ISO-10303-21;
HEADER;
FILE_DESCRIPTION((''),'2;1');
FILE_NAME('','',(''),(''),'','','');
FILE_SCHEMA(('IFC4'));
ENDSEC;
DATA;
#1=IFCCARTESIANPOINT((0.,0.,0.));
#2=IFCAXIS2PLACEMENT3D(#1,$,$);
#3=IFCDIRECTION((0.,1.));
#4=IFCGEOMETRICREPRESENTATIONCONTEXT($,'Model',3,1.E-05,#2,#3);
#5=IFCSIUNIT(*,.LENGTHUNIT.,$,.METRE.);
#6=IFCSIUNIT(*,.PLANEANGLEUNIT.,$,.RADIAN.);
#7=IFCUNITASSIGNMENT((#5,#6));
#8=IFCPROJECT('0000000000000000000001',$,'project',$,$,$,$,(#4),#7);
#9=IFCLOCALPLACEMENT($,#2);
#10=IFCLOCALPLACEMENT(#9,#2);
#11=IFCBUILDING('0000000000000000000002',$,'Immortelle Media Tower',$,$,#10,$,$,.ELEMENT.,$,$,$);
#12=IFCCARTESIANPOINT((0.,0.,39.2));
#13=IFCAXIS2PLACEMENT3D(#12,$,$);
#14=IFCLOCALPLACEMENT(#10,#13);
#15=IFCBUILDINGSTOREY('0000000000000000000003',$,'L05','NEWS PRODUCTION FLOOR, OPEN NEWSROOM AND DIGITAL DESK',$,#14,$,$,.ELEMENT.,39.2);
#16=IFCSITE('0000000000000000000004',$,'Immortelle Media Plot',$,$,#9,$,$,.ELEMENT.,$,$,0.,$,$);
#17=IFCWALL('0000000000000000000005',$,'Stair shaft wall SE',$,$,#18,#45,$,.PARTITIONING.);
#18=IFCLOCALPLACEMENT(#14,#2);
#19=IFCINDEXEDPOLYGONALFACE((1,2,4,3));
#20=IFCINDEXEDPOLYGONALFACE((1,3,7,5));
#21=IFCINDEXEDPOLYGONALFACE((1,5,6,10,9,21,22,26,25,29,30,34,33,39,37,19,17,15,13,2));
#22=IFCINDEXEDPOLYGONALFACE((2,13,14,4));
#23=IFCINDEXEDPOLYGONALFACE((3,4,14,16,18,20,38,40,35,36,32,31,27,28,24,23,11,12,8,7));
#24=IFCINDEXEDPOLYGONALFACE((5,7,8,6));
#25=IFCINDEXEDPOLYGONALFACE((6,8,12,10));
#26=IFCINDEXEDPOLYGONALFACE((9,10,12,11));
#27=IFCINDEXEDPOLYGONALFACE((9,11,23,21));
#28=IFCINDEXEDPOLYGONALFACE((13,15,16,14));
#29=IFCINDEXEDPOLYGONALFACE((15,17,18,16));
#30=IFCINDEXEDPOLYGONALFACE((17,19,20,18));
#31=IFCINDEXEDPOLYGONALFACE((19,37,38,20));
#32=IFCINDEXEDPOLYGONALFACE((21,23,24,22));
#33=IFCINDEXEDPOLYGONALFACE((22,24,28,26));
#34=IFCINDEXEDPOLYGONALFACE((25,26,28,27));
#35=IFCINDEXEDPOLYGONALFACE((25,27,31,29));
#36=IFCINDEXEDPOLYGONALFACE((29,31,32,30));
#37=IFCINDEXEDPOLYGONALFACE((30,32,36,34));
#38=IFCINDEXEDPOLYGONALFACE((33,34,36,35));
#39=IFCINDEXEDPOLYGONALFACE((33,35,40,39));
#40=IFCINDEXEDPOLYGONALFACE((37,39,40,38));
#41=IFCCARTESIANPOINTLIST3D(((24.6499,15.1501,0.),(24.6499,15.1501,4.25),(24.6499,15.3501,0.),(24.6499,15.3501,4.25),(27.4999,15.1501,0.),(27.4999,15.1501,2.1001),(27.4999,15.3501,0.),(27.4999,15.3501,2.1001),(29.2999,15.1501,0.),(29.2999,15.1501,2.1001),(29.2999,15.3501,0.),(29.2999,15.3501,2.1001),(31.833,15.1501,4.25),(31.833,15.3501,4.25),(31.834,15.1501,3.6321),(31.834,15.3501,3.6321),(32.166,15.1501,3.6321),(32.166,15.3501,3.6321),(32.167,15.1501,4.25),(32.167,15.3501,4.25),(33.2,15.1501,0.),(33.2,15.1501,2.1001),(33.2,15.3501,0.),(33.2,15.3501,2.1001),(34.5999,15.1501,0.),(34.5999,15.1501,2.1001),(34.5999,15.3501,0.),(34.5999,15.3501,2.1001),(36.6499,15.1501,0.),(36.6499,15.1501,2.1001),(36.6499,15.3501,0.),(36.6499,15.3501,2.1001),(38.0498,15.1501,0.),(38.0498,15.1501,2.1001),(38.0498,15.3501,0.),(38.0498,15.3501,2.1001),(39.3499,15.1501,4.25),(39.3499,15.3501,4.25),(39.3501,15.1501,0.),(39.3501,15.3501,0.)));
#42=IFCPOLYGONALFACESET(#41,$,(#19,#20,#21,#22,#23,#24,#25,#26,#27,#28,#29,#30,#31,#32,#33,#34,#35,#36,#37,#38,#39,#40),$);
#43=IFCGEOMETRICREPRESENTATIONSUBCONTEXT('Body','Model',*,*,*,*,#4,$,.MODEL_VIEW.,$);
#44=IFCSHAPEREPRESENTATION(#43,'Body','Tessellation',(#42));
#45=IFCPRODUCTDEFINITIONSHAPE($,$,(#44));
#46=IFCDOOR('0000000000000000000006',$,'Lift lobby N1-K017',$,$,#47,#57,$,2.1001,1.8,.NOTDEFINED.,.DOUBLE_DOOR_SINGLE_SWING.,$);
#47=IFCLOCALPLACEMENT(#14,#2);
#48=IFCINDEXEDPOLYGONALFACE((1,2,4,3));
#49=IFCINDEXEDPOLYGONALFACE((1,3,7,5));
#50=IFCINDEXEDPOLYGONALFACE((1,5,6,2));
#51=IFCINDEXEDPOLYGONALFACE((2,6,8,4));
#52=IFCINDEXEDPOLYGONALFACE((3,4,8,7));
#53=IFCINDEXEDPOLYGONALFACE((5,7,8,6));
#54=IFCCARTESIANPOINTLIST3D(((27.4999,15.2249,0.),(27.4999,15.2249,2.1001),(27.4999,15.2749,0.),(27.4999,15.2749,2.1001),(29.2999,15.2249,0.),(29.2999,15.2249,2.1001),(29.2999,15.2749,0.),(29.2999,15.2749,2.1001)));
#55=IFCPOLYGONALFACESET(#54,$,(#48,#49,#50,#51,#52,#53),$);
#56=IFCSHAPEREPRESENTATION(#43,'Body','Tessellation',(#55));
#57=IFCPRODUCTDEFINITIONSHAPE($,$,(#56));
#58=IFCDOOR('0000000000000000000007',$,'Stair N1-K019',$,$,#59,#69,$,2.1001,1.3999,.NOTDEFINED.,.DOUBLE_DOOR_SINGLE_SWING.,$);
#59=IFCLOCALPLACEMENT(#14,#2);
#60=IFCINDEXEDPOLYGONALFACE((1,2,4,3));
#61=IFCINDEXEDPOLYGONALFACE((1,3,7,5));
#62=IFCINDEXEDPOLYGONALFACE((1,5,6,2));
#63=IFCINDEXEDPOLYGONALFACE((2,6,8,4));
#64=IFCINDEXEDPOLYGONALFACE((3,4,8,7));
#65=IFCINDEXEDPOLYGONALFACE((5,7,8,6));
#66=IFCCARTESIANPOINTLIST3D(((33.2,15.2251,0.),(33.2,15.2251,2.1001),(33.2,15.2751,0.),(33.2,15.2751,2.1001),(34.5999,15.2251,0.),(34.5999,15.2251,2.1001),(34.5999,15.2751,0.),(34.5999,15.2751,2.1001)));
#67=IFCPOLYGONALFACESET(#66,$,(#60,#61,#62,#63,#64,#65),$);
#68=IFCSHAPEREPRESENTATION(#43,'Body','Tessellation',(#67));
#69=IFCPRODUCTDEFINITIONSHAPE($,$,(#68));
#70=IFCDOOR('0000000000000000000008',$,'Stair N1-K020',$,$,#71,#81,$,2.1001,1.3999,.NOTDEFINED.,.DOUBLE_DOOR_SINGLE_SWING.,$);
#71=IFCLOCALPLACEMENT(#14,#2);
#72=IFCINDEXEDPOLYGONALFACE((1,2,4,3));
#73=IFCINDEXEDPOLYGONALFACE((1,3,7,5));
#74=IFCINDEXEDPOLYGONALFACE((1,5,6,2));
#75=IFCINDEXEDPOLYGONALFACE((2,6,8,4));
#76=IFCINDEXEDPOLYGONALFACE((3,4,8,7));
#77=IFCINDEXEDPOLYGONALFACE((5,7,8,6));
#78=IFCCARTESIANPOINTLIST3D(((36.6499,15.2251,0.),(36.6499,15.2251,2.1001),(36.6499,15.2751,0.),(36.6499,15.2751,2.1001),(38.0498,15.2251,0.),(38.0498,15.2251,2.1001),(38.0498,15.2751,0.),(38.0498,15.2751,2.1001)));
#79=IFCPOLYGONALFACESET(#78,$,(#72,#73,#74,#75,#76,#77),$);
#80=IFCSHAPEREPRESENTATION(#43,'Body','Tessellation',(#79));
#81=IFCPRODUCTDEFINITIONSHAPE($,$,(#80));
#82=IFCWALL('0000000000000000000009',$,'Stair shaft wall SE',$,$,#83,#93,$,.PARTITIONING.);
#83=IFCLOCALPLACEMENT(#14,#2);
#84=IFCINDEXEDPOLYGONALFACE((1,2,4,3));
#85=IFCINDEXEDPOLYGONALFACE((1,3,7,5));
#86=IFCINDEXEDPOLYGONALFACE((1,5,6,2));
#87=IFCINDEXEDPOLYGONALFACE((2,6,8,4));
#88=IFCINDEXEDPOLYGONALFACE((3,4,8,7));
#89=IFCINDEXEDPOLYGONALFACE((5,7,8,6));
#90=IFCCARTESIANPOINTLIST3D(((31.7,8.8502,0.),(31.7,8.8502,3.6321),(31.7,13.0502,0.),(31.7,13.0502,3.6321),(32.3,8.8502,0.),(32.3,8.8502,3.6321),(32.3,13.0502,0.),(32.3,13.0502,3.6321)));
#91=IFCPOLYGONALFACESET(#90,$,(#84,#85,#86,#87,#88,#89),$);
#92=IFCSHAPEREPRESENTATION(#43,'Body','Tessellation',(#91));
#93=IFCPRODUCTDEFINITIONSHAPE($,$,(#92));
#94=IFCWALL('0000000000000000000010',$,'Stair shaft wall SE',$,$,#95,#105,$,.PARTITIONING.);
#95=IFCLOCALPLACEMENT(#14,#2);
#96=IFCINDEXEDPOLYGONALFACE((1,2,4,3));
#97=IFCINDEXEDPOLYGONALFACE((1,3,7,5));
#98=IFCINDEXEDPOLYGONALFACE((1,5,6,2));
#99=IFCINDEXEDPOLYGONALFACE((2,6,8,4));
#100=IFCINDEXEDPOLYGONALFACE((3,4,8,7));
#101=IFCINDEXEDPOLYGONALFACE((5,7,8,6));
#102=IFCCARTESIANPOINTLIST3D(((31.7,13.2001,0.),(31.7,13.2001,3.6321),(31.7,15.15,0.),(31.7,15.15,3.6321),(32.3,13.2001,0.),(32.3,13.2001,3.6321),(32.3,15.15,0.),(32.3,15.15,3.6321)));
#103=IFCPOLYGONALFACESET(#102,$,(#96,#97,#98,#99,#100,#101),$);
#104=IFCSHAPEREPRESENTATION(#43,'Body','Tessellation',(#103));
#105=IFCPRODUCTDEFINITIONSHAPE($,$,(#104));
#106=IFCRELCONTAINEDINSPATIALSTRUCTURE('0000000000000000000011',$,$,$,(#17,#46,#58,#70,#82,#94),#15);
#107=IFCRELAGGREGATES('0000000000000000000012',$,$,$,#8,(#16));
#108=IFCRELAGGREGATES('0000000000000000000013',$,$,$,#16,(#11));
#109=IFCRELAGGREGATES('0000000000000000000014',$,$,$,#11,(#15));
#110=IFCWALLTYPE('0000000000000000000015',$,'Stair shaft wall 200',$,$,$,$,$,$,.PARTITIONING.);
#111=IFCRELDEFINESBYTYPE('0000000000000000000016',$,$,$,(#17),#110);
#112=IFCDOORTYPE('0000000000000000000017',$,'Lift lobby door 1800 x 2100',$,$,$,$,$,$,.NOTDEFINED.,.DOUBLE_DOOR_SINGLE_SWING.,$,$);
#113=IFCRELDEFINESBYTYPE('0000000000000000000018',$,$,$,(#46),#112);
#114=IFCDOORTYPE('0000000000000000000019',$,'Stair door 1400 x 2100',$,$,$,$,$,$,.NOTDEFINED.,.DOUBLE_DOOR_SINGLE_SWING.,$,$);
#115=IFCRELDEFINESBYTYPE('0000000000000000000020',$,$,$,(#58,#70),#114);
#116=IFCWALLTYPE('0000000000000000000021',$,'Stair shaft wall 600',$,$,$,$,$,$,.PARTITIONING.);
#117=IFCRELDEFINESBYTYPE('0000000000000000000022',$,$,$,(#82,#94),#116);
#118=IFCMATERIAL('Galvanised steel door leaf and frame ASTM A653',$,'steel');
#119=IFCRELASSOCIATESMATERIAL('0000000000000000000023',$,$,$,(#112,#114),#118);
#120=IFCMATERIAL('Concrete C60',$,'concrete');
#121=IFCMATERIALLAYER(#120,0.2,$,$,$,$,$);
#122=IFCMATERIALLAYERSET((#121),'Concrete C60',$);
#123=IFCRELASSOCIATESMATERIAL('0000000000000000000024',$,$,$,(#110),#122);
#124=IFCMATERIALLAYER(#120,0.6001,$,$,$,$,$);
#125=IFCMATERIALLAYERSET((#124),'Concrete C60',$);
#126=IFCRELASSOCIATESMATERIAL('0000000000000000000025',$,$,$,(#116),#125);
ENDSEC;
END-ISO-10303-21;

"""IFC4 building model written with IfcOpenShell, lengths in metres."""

from ifc_helpers import new_model, si_unit, direction, frame, frame_2d, origin, place, context, subcontext, project, spatial, polyline, rectangle, outline, extrude, material, layer, layer_set, type_object, element, fill, save


model = new_model("IFC4")

# Units and contexts
model_context = context("Model", 3, precision=1e-05, world=origin(), true_north=direction((0.0, 1.0)))
body_context = subcontext(model_context, "Body", "Model", "MODEL_VIEW")
ifc_project = project(units=[si_unit("LENGTHUNIT", "METRE"), si_unit("PLANEANGLEUNIT", "RADIAN")], contexts=[model_context])

# Site, building, storey
site_placement = place(None, origin())
site = spatial("IfcSite", under=ifc_project, at=site_placement, Name="Immortelle Media Plot", CompositionType="ELEMENT", RefElevation=0.0)
building_placement = place(site_placement, origin())
building = spatial("IfcBuilding", under=site, at=building_placement, Name="Immortelle Media Tower", CompositionType="ELEMENT")
storey_placement = place(building_placement, frame((0.0, 0.0, 39.2)))
storey = spatial("IfcBuildingStorey", under=building, at=storey_placement, Name="L05", Description="NEWS PRODUCTION FLOOR, OPEN NEWSROOM AND DIGITAL DESK", CompositionType="ELEMENT", Elevation=39.2)

# Shared definitions
ifc_material_1 = material(Name="Galvanised steel door leaf and frame ASTM A653", Category="steel")

# Shared definitions
door_type_1 = type_object("IfcDoorType", Name="Lift lobby door 1800 x 2100", OperationType="DOUBLE_DOOR_SINGLE_SWING", PredefinedType="NOTDEFINED", material=ifc_material_1)

# Shared definitions
ifc_material_2 = material(Name="Concrete C60", Category="concrete")
ifc_layer_1 = layer(ifc_material_2, 0.2)
ifc_layer_set_1 = layer_set([ifc_layer_1], Name="Concrete C60")
wall_type_1 = type_object("IfcWallType", Name="Stair shaft wall 200", PredefinedType="PARTITIONING", material=ifc_layer_set_1)

# Wall, openings, doors
wall_1_placement = place(storey_placement, frame((24.6499, 15.25, 0.0), z_axis=(0.0, 0.0, 1.0), x_axis=(1.0, 0.0, 0.0)))
wall_1 = element("IfcWall", 1, at=wall_1_placement, inside=storey, type_object=wall_type_1, Name="Stair shaft wall SE", PredefinedType="PARTITIONING", context=body_context, shape_type="SweptSolid", body=[
    extrude(outline(polyline([(0.0, 0.0), (14.7002, 0.0), (14.7, 4.25), (7.5171, 4.25), (7.5161, 3.6321), (7.1841, 3.6321), (7.1831, 4.25), (0.0, 4.25), (0.0, 0.0)])), frame((0.0, 0.1001, 0.0), z_axis=(0.0, -1.0, 0.0), x_axis=(1.0, 0.0, 0.0)), (0.0, 0.0, 1.0), 0.2),
])
opening_1_placement = place(wall_1_placement, frame((2.8501, 0.0, 0.0)))
opening_1 = element("IfcOpeningElement", 2, at=opening_1_placement, cuts=wall_1, PredefinedType="OPENING", context=body_context, shape_type="SweptSolid", body=[
    extrude(rectangle(XDim=1.8, YDim=2.1001, at=frame_2d((0.8999, 1.05))), frame((0.0, 0.1099, 0.0), z_axis=(0.0, -1.0, 0.0), x_axis=(1.0, 0.0, 0.0)), (0.0, 0.0, 1.0), 0.22),
])
opening_2_placement = place(wall_1_placement, frame((9.95, 0.0, 0.0), z_axis=(0.0, 0.0, 1.0), x_axis=(-1.0, 0.0, 0.0)))
opening_2 = element("IfcOpeningElement", 3, at=opening_2_placement, cuts=wall_1, PredefinedType="OPENING", context=body_context, shape_type="SweptSolid", body=[
    extrude(rectangle(XDim=1.3999, YDim=2.1001, at=frame_2d((0.7, 1.05))), frame((0.0, 0.1099, 0.0), z_axis=(0.0, -1.0, 0.0), x_axis=(1.0, 0.0, 0.0)), (0.0, 0.0, 1.0), 0.22),
])
opening_3_placement = place(wall_1_placement, frame((13.3999, 0.0, 0.0), z_axis=(0.0, 0.0, 1.0), x_axis=(-1.0, 0.0, 0.0)))
opening_3 = element("IfcOpeningElement", 4, at=opening_3_placement, cuts=wall_1, PredefinedType="OPENING", context=body_context, shape_type="SweptSolid", body=[
    extrude(rectangle(XDim=1.3999, YDim=2.1001, at=frame_2d((0.7, 1.05))), frame((0.0, 0.1099, 0.0), z_axis=(0.0, -1.0, 0.0), x_axis=(1.0, 0.0, 0.0)), (0.0, 0.0, 1.0), 0.22),
])
door_1_placement = place(opening_1_placement, origin())
door_1 = element("IfcDoor", 5, at=door_1_placement, inside=storey, type_object=door_type_1, Name="Lift lobby N1-K017", OperationType="DOUBLE_DOOR_SINGLE_SWING", OverallHeight=2.1001, OverallWidth=1.8, PredefinedType="NOTDEFINED", context=body_context, shape_type="SweptSolid", body=[
    extrude(rectangle(XDim=1.8, YDim=2.1001, at=frame_2d((0.8999, 1.05))), frame((0.0, 0.0249, 0.0), z_axis=(0.0, -1.0, 0.0), x_axis=(1.0, 0.0, 0.0)), (0.0, 0.0, 1.0), 0.05),
])
fill(opening_1, door_1)
door_type_2 = type_object("IfcDoorType", Name="Stair door 1400 x 2100", OperationType="DOUBLE_DOOR_SINGLE_SWING", PredefinedType="NOTDEFINED", material=ifc_material_1)
door_2_placement = place(opening_2_placement, origin())
door_2 = element("IfcDoor", 6, at=door_2_placement, inside=storey, type_object=door_type_2, Name="Stair N1-K019", OperationType="DOUBLE_DOOR_SINGLE_SWING", OverallHeight=2.1001, OverallWidth=1.3999, PredefinedType="NOTDEFINED", context=body_context, shape_type="SweptSolid", body=[
    extrude(rectangle(XDim=1.3999, YDim=2.1001, at=frame_2d((0.7, 1.05))), frame((0.0, 0.0249, 0.0), z_axis=(0.0, -1.0, 0.0), x_axis=(1.0, 0.0, 0.0)), (0.0, 0.0, 1.0), 0.05),
])
fill(opening_2, door_2)
door_3_placement = place(opening_3_placement, origin())
door_3 = element("IfcDoor", 7, at=door_3_placement, inside=storey, type_object=door_type_2, Name="Stair N1-K020", OperationType="DOUBLE_DOOR_SINGLE_SWING", OverallHeight=2.1001, OverallWidth=1.3999, PredefinedType="NOTDEFINED", context=body_context, shape_type="SweptSolid", body=[
    extrude(rectangle(XDim=1.3999, YDim=2.1001, at=frame_2d((0.7, 1.05))), frame((0.0, 0.0249, 0.0), z_axis=(0.0, -1.0, 0.0), x_axis=(1.0, 0.0, 0.0)), (0.0, 0.0, 1.0), 0.05),
])
fill(opening_3, door_3)

# Walls
ifc_layer_2 = layer(ifc_material_2, 0.6001)
ifc_layer_set_2 = layer_set([ifc_layer_2], Name="Concrete C60")
wall_type_2 = type_object("IfcWallType", Name="Stair shaft wall 600", PredefinedType="PARTITIONING", material=ifc_layer_set_2)
wall_2_placement = place(storey_placement, frame((32.0, 8.8501, 0.0), z_axis=(0.0, 0.0, 1.0), x_axis=(0.0, 1.0, 0.0)))
element("IfcWall", 8, at=wall_2_placement, inside=storey, type_object=wall_type_2, Name="Stair shaft wall SE", PredefinedType="PARTITIONING", context=body_context, shape_type="SweptSolid", body=[
    extrude(rectangle(XDim=4.2, YDim=0.6001, at=frame_2d((2.1001, 0.0))), origin(), (0.0, 0.0, 1.0), 3.6321),
])
wall_3_placement = place(storey_placement, frame((32.0, 13.2, 0.0), z_axis=(0.0, 0.0, 1.0), x_axis=(0.0, 1.0, 0.0)))
element("IfcWall", 9, at=wall_3_placement, inside=storey, type_object=wall_type_2, Name="Stair shaft wall SE", PredefinedType="PARTITIONING", context=body_context, shape_type="SweptSolid", body=[
    extrude(rectangle(XDim=1.95, YDim=0.6001, at=frame_2d((0.9751, 0.0))), origin(), (0.0, 0.0, 1.0), 3.6321),
])

save(model, "model.ifc")
